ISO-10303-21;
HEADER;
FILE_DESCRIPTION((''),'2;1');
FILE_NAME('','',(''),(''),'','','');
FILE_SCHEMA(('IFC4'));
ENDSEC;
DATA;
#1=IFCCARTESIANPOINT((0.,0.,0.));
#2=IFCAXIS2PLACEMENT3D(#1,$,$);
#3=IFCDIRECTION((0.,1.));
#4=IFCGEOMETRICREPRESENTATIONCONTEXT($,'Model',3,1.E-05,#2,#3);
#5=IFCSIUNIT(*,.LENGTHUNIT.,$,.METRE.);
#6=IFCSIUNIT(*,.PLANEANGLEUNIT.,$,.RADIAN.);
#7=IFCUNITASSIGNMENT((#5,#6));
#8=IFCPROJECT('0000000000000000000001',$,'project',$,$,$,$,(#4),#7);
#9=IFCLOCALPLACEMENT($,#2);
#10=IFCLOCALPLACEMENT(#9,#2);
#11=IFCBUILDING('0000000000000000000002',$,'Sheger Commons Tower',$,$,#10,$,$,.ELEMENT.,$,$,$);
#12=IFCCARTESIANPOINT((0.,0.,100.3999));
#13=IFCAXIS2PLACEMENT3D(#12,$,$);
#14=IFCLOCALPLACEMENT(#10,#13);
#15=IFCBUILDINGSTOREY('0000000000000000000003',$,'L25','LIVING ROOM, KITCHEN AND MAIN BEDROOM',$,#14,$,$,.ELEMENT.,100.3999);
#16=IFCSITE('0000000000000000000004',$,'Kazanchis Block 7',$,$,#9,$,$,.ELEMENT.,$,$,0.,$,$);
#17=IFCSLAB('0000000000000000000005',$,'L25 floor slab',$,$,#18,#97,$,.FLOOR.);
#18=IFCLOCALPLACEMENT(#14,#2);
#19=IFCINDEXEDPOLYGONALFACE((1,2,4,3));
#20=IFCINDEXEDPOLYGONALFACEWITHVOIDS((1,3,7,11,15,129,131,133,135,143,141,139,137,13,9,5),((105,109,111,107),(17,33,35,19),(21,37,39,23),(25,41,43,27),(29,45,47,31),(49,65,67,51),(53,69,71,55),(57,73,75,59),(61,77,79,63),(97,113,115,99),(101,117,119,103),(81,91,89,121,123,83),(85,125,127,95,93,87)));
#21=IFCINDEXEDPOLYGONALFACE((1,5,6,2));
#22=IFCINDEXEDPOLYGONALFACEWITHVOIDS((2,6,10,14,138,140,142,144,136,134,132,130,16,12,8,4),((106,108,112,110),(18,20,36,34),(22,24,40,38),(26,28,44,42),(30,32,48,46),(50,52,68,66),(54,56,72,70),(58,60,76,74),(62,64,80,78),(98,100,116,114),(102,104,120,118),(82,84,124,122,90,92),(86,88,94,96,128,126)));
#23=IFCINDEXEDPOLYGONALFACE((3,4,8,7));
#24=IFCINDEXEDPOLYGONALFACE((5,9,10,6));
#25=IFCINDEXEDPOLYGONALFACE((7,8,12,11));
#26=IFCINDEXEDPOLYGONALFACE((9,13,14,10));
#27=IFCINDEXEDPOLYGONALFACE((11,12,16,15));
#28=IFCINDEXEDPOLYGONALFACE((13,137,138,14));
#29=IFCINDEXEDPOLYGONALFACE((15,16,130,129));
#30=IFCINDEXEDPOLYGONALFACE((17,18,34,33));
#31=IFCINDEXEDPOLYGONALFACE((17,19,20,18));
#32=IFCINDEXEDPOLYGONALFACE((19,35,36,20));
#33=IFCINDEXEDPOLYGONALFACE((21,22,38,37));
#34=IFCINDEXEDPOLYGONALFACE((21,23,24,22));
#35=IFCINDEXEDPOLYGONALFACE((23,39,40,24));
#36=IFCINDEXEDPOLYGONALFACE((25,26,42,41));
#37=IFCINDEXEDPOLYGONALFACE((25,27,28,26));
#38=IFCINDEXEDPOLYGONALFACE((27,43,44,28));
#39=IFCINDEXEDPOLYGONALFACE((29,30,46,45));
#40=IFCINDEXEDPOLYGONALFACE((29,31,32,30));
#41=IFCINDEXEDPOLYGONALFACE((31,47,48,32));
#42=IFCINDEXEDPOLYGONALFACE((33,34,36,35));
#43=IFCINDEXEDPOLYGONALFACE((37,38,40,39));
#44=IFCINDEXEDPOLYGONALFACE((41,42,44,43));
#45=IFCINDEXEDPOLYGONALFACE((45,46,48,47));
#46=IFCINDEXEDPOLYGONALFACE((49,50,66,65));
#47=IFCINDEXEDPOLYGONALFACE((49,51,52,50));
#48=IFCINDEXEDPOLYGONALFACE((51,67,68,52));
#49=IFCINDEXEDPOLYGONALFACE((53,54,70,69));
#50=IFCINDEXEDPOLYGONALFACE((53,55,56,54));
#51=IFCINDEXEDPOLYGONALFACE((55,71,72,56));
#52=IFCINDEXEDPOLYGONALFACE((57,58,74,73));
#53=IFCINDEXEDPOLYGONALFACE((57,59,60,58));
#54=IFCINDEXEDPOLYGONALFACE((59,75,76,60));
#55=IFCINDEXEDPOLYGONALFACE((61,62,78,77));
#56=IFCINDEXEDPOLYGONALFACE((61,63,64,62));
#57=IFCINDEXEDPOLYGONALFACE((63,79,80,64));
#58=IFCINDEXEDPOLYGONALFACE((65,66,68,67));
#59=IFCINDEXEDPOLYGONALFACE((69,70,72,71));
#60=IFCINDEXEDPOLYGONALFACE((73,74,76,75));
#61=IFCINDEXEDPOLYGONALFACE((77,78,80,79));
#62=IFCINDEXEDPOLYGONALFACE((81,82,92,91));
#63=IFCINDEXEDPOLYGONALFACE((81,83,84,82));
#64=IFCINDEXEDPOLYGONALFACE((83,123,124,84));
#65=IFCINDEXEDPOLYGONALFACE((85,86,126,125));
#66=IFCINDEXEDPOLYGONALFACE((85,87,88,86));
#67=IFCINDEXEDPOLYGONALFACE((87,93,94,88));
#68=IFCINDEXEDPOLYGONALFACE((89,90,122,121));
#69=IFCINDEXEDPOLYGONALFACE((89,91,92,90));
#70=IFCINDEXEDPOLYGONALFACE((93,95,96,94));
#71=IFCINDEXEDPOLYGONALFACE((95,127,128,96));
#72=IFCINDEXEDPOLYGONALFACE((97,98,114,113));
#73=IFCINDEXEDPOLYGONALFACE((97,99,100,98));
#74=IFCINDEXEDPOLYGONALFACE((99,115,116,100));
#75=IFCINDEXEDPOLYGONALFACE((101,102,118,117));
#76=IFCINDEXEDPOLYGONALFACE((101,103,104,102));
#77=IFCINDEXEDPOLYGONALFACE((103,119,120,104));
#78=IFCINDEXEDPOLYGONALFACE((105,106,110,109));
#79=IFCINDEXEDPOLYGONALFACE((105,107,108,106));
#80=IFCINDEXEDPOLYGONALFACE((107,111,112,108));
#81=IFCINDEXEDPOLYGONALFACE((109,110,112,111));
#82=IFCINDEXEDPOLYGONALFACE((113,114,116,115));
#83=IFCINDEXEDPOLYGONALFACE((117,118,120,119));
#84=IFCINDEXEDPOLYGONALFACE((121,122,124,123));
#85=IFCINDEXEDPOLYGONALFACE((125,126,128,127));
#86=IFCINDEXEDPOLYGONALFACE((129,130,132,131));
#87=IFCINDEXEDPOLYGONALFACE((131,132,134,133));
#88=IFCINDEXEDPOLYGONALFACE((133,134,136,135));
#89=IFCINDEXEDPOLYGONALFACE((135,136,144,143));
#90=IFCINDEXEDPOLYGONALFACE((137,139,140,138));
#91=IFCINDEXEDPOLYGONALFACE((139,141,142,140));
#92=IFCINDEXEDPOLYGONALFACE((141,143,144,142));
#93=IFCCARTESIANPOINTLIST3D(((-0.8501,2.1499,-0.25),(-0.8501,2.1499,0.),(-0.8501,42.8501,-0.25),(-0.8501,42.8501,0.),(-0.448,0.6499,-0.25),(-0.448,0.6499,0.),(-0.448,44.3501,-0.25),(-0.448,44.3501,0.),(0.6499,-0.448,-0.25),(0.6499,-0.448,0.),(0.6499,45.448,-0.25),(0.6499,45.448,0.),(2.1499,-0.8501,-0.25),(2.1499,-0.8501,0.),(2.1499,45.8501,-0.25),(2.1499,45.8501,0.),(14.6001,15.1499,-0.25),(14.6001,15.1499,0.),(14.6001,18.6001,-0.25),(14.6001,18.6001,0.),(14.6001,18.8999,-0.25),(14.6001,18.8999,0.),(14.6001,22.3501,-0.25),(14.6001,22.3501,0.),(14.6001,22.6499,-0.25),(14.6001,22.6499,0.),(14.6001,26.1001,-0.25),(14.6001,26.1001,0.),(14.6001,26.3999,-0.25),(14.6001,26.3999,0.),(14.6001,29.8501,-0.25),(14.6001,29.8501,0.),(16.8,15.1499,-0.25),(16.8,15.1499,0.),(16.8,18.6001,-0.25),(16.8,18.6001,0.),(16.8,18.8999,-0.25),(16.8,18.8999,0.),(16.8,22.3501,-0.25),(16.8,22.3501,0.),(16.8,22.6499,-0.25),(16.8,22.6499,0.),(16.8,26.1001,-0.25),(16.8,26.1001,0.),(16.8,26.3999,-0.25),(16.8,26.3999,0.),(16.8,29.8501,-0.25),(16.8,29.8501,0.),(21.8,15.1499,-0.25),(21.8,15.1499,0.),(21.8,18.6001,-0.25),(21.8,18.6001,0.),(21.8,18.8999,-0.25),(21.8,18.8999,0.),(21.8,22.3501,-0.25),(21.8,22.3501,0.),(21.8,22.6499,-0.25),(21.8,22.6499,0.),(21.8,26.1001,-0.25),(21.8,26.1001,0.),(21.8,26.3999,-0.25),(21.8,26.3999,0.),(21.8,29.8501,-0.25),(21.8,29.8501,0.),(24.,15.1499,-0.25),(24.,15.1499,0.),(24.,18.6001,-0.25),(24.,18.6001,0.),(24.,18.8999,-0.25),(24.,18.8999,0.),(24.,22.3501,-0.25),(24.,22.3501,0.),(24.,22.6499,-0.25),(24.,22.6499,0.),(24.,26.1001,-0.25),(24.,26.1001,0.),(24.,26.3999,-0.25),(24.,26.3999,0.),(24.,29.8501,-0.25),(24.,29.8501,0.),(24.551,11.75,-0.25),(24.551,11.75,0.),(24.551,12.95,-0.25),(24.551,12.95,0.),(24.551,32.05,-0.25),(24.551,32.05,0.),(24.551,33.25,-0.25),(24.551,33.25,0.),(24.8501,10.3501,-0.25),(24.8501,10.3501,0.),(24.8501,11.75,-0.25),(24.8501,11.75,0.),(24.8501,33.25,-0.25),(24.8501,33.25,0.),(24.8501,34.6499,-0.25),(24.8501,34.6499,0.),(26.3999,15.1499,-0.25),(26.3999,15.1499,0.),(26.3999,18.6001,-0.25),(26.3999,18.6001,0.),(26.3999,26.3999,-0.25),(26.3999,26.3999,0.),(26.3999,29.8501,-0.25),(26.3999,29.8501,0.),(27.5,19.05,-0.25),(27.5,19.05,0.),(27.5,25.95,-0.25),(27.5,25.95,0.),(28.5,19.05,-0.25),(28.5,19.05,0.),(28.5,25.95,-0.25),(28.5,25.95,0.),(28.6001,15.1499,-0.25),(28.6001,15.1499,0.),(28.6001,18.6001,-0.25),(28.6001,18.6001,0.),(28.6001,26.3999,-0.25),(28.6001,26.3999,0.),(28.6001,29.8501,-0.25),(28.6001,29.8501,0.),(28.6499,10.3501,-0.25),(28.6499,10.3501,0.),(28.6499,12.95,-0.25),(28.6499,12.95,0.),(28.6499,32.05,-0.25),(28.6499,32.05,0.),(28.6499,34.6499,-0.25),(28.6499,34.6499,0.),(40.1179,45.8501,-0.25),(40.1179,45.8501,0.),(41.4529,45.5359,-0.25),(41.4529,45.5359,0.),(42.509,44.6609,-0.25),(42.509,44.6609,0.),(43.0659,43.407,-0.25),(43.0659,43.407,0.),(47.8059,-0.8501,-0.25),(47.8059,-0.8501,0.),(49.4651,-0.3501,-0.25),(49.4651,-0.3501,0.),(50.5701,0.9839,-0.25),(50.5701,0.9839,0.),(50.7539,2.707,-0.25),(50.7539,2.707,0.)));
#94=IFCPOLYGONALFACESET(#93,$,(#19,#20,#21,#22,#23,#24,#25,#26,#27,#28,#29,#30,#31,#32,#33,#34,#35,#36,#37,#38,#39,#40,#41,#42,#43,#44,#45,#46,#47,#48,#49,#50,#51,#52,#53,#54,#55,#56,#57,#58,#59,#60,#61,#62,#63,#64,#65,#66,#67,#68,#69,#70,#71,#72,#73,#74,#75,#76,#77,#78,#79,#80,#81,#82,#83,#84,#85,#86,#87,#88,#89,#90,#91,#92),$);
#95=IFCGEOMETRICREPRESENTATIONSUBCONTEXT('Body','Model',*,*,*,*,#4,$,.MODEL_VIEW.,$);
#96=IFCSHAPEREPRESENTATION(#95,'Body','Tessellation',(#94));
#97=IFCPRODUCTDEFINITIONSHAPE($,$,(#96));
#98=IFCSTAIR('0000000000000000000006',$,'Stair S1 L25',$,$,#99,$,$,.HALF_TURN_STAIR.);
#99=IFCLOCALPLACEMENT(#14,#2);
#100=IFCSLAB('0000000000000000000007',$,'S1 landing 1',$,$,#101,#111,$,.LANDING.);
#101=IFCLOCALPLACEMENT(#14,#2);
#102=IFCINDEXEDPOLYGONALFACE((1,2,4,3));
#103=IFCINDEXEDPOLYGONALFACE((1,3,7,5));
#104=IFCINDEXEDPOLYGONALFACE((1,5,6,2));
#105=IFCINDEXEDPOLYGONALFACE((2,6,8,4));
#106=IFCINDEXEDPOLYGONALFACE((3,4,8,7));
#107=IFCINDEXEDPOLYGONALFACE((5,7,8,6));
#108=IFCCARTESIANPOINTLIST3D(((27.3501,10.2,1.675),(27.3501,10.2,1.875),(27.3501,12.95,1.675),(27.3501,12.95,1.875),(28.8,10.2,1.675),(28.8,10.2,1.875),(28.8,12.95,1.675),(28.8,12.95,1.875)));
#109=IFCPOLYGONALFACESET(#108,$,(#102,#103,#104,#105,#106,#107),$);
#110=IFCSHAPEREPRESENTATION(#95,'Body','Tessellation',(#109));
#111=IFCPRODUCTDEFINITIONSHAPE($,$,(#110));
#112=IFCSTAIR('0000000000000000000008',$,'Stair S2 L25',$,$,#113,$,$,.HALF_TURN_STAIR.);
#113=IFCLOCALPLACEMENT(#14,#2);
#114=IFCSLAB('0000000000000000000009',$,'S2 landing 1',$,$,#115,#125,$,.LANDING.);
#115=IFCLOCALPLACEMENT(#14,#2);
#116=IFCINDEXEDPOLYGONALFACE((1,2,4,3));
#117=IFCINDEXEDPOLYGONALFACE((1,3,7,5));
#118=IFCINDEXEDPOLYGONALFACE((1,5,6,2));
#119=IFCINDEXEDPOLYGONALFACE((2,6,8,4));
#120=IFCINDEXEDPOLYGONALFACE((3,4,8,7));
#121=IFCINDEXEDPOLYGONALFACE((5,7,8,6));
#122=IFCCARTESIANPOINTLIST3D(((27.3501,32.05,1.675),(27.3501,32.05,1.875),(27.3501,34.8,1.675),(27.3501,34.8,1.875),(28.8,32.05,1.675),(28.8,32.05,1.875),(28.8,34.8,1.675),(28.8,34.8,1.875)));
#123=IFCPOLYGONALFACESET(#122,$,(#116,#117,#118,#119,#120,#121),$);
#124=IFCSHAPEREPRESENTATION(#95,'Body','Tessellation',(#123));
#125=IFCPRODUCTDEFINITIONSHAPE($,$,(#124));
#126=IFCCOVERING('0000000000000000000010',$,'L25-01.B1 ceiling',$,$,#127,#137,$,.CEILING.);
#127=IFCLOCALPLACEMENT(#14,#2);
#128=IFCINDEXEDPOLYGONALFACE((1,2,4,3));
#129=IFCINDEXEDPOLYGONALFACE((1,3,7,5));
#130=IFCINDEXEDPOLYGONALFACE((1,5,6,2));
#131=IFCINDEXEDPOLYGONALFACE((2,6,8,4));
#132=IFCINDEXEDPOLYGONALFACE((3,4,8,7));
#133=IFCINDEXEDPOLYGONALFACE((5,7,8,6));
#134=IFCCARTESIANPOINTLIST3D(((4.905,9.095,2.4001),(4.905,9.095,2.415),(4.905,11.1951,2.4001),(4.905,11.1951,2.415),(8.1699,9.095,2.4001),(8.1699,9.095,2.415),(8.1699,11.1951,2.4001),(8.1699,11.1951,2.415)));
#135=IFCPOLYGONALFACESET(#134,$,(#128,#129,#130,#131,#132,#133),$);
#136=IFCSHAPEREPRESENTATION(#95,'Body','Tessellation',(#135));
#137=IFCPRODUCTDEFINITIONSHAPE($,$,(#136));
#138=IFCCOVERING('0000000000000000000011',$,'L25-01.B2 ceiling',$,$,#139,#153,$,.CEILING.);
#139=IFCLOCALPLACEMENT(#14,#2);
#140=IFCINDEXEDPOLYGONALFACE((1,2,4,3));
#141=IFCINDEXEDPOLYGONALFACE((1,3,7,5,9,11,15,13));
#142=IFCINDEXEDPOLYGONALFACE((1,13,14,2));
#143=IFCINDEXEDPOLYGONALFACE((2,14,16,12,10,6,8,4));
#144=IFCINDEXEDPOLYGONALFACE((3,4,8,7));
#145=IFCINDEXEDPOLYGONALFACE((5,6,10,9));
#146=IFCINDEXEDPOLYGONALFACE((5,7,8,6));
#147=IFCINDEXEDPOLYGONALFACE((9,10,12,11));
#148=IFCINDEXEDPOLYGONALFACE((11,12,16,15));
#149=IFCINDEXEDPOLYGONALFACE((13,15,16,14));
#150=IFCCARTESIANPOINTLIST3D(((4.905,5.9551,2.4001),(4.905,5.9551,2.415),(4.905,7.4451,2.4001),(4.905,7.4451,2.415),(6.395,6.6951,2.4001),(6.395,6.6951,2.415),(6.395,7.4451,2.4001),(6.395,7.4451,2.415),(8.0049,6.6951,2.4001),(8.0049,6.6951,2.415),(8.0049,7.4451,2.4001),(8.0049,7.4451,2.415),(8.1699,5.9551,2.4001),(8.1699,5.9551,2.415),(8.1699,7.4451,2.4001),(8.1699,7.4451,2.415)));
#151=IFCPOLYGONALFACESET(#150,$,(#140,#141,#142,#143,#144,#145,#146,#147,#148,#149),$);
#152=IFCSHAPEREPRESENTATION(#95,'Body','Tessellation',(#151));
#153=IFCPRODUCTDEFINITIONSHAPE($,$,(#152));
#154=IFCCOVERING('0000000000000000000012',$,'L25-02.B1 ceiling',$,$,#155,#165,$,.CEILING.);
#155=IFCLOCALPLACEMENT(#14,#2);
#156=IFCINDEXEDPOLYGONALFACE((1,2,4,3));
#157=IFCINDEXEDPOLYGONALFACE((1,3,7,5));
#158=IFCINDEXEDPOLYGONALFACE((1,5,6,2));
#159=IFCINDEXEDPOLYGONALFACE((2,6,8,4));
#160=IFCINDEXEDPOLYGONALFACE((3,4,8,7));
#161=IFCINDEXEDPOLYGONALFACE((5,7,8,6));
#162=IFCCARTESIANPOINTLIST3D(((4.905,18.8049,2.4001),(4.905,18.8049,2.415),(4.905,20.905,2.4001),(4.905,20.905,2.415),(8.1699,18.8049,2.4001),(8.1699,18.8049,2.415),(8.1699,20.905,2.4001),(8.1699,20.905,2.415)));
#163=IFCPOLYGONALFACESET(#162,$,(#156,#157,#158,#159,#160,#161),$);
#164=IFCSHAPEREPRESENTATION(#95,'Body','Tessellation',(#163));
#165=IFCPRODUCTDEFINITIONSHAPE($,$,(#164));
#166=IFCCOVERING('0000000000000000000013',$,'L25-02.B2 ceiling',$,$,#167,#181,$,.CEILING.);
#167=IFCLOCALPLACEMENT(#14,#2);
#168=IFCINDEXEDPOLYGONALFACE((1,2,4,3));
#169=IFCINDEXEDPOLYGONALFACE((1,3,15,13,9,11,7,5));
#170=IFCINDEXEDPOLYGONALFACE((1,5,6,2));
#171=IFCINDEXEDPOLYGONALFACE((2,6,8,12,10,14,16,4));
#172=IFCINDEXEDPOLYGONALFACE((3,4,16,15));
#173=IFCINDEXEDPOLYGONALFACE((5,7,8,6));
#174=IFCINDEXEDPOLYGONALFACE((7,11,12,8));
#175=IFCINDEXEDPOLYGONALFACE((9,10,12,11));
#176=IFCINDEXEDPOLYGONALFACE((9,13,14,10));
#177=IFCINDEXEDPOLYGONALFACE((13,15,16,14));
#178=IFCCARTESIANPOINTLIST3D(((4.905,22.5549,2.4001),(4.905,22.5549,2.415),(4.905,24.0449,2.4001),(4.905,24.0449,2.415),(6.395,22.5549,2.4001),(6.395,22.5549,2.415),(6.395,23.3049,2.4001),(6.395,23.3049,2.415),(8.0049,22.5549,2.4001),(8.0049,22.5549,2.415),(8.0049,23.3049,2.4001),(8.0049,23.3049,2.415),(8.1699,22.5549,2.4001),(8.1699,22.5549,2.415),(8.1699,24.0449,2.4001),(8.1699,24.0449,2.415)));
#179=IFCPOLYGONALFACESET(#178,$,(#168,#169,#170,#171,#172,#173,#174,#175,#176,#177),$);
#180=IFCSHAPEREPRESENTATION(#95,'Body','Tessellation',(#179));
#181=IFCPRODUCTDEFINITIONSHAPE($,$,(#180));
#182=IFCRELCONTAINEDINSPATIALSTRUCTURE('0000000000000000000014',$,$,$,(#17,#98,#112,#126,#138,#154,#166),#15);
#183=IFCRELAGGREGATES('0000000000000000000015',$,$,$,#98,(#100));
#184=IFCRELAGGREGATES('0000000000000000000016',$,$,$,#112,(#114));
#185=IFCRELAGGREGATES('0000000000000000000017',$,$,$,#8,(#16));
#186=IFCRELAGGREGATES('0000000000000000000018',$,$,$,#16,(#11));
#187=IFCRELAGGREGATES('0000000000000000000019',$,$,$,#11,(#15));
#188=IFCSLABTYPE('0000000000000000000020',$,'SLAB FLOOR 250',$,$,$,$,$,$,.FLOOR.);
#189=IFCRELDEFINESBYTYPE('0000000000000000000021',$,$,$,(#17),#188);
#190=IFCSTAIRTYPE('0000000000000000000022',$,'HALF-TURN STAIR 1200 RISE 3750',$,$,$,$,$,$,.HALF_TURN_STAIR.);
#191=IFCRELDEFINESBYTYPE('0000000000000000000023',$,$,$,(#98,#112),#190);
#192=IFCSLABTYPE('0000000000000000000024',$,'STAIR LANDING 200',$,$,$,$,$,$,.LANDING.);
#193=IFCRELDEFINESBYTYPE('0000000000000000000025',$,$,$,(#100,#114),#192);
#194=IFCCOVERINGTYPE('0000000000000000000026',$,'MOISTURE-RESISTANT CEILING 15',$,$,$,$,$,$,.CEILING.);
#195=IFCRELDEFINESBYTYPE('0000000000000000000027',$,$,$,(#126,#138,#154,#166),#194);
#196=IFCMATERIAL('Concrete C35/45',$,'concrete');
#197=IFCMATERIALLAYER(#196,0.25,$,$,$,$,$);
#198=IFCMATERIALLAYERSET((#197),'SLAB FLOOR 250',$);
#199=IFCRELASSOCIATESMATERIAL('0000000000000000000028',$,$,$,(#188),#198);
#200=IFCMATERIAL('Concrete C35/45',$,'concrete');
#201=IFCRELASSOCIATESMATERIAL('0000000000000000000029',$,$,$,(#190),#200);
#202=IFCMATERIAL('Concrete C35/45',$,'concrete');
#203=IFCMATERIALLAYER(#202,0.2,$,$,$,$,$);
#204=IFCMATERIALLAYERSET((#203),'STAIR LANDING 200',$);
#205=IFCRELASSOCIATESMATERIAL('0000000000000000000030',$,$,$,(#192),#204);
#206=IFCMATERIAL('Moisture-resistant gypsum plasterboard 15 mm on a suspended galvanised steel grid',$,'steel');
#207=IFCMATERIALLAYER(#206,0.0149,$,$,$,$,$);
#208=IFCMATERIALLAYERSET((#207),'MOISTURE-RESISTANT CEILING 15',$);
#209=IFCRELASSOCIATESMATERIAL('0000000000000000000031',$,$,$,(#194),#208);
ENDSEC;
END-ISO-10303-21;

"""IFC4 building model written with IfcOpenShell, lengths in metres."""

from ifc_helpers import new_model, si_unit, direction, frame, origin, place, context, subcontext, project, spatial, polyline, outline, extrude, material, layer, layer_set, type_object, element, aggregate, save


model = new_model("IFC4")

# Units and contexts
model_context = context("Model", 3, precision=1e-05, world=origin(), true_north=direction((0.0, 1.0)))
body_context = subcontext(model_context, "Body", "Model", "MODEL_VIEW")
ifc_project = project(units=[si_unit("LENGTHUNIT", "METRE"), si_unit("PLANEANGLEUNIT", "RADIAN")], contexts=[model_context])

# Site, building, storey
site_placement = place(None, origin())
site = spatial("IfcSite", under=ifc_project, at=site_placement, Name="Kazanchis Block 7", CompositionType="ELEMENT", RefElevation=0.0)
building_placement = place(site_placement, origin())
building = spatial("IfcBuilding", under=site, at=building_placement, Name="Sheger Commons Tower", CompositionType="ELEMENT")
storey_placement = place(building_placement, frame((0.0, 0.0, 100.3999)))
storey = spatial("IfcBuildingStorey", under=building, at=storey_placement, Name="L25", Description="LIVING ROOM, KITCHEN AND MAIN BEDROOM", CompositionType="ELEMENT", Elevation=100.3999)

# Slab
ifc_material_1 = material(Name="Concrete C35/45", Category="concrete")
ifc_layer_1 = layer(ifc_material_1, 0.25)
ifc_layer_set_1 = layer_set([ifc_layer_1], Name="SLAB FLOOR 250")
slab_type_1 = type_object("IfcSlabType", Name="SLAB FLOOR 250", PredefinedType="FLOOR", material=ifc_layer_set_1)
slab_1_placement = place(storey_placement, frame((0.0, 0.0, -0.25)))
element("IfcSlab", 1, at=slab_1_placement, inside=storey, type_object=slab_type_1, Name="L25 floor slab", PredefinedType="FLOOR", context=body_context, shape_type="SweptSolid", body=[
    extrude(outline(polyline([(-0.8501, 2.1499), (-0.448, 0.6499), (0.6499, -0.448), (2.1499, -0.8501), (47.8059, -0.8501), (49.4651, -0.3501), (50.5701, 0.9839), (50.7539, 2.707), (43.0659, 43.407), (42.509, 44.6609), (41.4529, 45.5359), (40.1179, 45.8501), (2.1499, 45.8501), (0.6499, 45.448), (-0.448, 44.3501), (-0.8501, 42.8501), (-0.8501, 2.1499)]), holes=[polyline([(24.8501, 10.3501), (28.6499, 10.3501), (28.6499, 12.95), (24.551, 12.95), (24.551, 11.75), (24.8501, 11.75), (24.8501, 10.3501)]), polyline([(24.551, 32.05), (28.6499, 32.05), (28.6499, 34.6499), (24.8501, 34.6499), (24.8501, 33.25), (24.551, 33.25), (24.551, 32.05)]), polyline([(26.3999, 15.1499), (28.6001, 15.1499), (28.6001, 18.6001), (26.3999, 18.6001), (26.3999, 15.1499)]), polyline([(26.3999, 26.3999), (28.6001, 26.3999), (28.6001, 29.8501), (26.3999, 29.8501), (26.3999, 26.3999)]), polyline([(14.6001, 15.1499), (16.8, 15.1499), (16.8, 18.6001), (14.6001, 18.6001), (14.6001, 15.1499)]), polyline([(14.6001, 18.8999), (16.8, 18.8999), (16.8, 22.3501), (14.6001, 22.3501), (14.6001, 18.8999)]), polyline([(14.6001, 22.6499), (16.8, 22.6499), (16.8, 26.1001), (14.6001, 26.1001), (14.6001, 22.6499)]), polyline([(14.6001, 26.3999), (16.8, 26.3999), (16.8, 29.8501), (14.6001, 29.8501), (14.6001, 26.3999)]), polyline([(21.8, 15.1499), (24.0, 15.1499), (24.0, 18.6001), (21.8, 18.6001), (21.8, 15.1499)]), polyline([(21.8, 18.8999), (24.0, 18.8999), (24.0, 22.3501), (21.8, 22.3501), (21.8, 18.8999)]), polyline([(21.8, 22.6499), (24.0, 22.6499), (24.0, 26.1001), (21.8, 26.1001), (21.8, 22.6499)]), polyline([(21.8, 26.3999), (24.0, 26.3999), (24.0, 29.8501), (21.8, 29.8501), (21.8, 26.3999)]), polyline([(27.5, 19.05), (28.5, 19.05), (28.5, 25.95), (27.5, 25.95), (27.5, 19.05)])]), origin(), (0.0, 0.0, 1.0), 0.25),
])

# Stairs, slabs
ifc_material_2 = material(Name="Concrete C35/45", Category="concrete")
stair_type = type_object("IfcStairType", Name="HALF-TURN STAIR 1200 RISE 3750", PredefinedType="HALF_TURN_STAIR", material=ifc_material_2)
stair_1_placement = place(storey_placement, origin())
stair_1 = element("IfcStair", 2, at=stair_1_placement, inside=storey, type_object=stair_type, Name="Stair S1 L25", PredefinedType="HALF_TURN_STAIR")
ifc_material_3 = material(Name="Concrete C35/45", Category="concrete")
ifc_layer_2 = layer(ifc_material_3, 0.2)
ifc_layer_set_2 = layer_set([ifc_layer_2], Name="STAIR LANDING 200")
slab_type_2 = type_object("IfcSlabType", Name="STAIR LANDING 200", PredefinedType="LANDING", material=ifc_layer_set_2)
slab_2_placement = place(storey_placement, frame((0.0, 0.0, 1.675)))
slab_2 = element("IfcSlab", 3, at=slab_2_placement, type_object=slab_type_2, Name="S1 landing 1", PredefinedType="LANDING", context=body_context, shape_type="SweptSolid", body=[
    extrude(outline(polyline([(27.3501, 10.2), (28.8, 10.2), (28.8, 12.95), (27.3501, 12.95), (27.3501, 10.2)])), origin(), (0.0, 0.0, 1.0), 0.2),
])
aggregate(stair_1, [slab_2])
stair_2_placement = place(storey_placement, origin())
stair_2 = element("IfcStair", 4, at=stair_2_placement, inside=storey, type_object=stair_type, Name="Stair S2 L25", PredefinedType="HALF_TURN_STAIR")
slab_3_placement = place(storey_placement, frame((0.0, 0.0, 1.675)))
slab_3 = element("IfcSlab", 5, at=slab_3_placement, type_object=slab_type_2, Name="S2 landing 1", PredefinedType="LANDING", context=body_context, shape_type="SweptSolid", body=[
    extrude(outline(polyline([(27.3501, 32.05), (28.8, 32.05), (28.8, 34.8), (27.3501, 34.8), (27.3501, 32.05)])), origin(), (0.0, 0.0, 1.0), 0.2),
])
aggregate(stair_2, [slab_3])

# Coverings
ifc_material_4 = material(Name="Moisture-resistant gypsum plasterboard 15 mm on a suspended galvanised steel grid", Category="steel")
ifc_layer_3 = layer(ifc_material_4, 0.0149)
ifc_layer_set_3 = layer_set([ifc_layer_3], Name="MOISTURE-RESISTANT CEILING 15")
covering_type_1 = type_object("IfcCoveringType", Name="MOISTURE-RESISTANT CEILING 15", PredefinedType="CEILING", material=ifc_layer_set_3)
covering_1_placement = place(storey_placement, frame((0.0, 0.0, 2.4001)))
element("IfcCovering", 6, at=covering_1_placement, inside=storey, type_object=covering_type_1, Name="L25-01.B1 ceiling", PredefinedType="CEILING", context=body_context, shape_type="SweptSolid", body=[
    extrude(outline(polyline([(4.905, 9.095), (8.1699, 9.095), (8.1699, 11.1951), (4.905, 11.1951), (4.905, 9.095)])), origin(), (0.0, 0.0, 1.0), 0.0149),
])
covering_2_placement = place(storey_placement, frame((0.0, 0.0, 2.4001)))
element("IfcCovering", 7, at=covering_2_placement, inside=storey, type_object=covering_type_1, Name="L25-01.B2 ceiling", PredefinedType="CEILING", context=body_context, shape_type="SweptSolid", body=[
    extrude(outline(polyline([(4.905, 5.9551), (8.1699, 5.9551), (8.1699, 7.4451), (8.0049, 7.4451), (8.0049, 6.6951), (6.395, 6.6951), (6.395, 7.4451), (4.905, 7.4451), (4.905, 5.9551)])), origin(), (0.0, 0.0, 1.0), 0.0149),
])
covering_3_placement = place(storey_placement, frame((0.0, 0.0, 2.4001)))
element("IfcCovering", 8, at=covering_3_placement, inside=storey, type_object=covering_type_1, Name="L25-02.B1 ceiling", PredefinedType="CEILING", context=body_context, shape_type="SweptSolid", body=[
    extrude(outline(polyline([(4.905, 18.8049), (8.1699, 18.8049), (8.1699, 20.905), (4.905, 20.905), (4.905, 18.8049)])), origin(), (0.0, 0.0, 1.0), 0.0149),
])
covering_4_placement = place(storey_placement, frame((0.0, 0.0, 2.4001)))
element("IfcCovering", 9, at=covering_4_placement, inside=storey, type_object=covering_type_1, Name="L25-02.B2 ceiling", PredefinedType="CEILING", context=body_context, shape_type="SweptSolid", body=[
    extrude(outline(polyline([(4.905, 22.5549), (6.395, 22.5549), (6.395, 23.3049), (8.0049, 23.3049), (8.0049, 22.5549), (8.1699, 22.5549), (8.1699, 24.0449), (4.905, 24.0449), (4.905, 22.5549)])), origin(), (0.0, 0.0, 1.0), 0.0149),
])

save(model, "model.ifc")
